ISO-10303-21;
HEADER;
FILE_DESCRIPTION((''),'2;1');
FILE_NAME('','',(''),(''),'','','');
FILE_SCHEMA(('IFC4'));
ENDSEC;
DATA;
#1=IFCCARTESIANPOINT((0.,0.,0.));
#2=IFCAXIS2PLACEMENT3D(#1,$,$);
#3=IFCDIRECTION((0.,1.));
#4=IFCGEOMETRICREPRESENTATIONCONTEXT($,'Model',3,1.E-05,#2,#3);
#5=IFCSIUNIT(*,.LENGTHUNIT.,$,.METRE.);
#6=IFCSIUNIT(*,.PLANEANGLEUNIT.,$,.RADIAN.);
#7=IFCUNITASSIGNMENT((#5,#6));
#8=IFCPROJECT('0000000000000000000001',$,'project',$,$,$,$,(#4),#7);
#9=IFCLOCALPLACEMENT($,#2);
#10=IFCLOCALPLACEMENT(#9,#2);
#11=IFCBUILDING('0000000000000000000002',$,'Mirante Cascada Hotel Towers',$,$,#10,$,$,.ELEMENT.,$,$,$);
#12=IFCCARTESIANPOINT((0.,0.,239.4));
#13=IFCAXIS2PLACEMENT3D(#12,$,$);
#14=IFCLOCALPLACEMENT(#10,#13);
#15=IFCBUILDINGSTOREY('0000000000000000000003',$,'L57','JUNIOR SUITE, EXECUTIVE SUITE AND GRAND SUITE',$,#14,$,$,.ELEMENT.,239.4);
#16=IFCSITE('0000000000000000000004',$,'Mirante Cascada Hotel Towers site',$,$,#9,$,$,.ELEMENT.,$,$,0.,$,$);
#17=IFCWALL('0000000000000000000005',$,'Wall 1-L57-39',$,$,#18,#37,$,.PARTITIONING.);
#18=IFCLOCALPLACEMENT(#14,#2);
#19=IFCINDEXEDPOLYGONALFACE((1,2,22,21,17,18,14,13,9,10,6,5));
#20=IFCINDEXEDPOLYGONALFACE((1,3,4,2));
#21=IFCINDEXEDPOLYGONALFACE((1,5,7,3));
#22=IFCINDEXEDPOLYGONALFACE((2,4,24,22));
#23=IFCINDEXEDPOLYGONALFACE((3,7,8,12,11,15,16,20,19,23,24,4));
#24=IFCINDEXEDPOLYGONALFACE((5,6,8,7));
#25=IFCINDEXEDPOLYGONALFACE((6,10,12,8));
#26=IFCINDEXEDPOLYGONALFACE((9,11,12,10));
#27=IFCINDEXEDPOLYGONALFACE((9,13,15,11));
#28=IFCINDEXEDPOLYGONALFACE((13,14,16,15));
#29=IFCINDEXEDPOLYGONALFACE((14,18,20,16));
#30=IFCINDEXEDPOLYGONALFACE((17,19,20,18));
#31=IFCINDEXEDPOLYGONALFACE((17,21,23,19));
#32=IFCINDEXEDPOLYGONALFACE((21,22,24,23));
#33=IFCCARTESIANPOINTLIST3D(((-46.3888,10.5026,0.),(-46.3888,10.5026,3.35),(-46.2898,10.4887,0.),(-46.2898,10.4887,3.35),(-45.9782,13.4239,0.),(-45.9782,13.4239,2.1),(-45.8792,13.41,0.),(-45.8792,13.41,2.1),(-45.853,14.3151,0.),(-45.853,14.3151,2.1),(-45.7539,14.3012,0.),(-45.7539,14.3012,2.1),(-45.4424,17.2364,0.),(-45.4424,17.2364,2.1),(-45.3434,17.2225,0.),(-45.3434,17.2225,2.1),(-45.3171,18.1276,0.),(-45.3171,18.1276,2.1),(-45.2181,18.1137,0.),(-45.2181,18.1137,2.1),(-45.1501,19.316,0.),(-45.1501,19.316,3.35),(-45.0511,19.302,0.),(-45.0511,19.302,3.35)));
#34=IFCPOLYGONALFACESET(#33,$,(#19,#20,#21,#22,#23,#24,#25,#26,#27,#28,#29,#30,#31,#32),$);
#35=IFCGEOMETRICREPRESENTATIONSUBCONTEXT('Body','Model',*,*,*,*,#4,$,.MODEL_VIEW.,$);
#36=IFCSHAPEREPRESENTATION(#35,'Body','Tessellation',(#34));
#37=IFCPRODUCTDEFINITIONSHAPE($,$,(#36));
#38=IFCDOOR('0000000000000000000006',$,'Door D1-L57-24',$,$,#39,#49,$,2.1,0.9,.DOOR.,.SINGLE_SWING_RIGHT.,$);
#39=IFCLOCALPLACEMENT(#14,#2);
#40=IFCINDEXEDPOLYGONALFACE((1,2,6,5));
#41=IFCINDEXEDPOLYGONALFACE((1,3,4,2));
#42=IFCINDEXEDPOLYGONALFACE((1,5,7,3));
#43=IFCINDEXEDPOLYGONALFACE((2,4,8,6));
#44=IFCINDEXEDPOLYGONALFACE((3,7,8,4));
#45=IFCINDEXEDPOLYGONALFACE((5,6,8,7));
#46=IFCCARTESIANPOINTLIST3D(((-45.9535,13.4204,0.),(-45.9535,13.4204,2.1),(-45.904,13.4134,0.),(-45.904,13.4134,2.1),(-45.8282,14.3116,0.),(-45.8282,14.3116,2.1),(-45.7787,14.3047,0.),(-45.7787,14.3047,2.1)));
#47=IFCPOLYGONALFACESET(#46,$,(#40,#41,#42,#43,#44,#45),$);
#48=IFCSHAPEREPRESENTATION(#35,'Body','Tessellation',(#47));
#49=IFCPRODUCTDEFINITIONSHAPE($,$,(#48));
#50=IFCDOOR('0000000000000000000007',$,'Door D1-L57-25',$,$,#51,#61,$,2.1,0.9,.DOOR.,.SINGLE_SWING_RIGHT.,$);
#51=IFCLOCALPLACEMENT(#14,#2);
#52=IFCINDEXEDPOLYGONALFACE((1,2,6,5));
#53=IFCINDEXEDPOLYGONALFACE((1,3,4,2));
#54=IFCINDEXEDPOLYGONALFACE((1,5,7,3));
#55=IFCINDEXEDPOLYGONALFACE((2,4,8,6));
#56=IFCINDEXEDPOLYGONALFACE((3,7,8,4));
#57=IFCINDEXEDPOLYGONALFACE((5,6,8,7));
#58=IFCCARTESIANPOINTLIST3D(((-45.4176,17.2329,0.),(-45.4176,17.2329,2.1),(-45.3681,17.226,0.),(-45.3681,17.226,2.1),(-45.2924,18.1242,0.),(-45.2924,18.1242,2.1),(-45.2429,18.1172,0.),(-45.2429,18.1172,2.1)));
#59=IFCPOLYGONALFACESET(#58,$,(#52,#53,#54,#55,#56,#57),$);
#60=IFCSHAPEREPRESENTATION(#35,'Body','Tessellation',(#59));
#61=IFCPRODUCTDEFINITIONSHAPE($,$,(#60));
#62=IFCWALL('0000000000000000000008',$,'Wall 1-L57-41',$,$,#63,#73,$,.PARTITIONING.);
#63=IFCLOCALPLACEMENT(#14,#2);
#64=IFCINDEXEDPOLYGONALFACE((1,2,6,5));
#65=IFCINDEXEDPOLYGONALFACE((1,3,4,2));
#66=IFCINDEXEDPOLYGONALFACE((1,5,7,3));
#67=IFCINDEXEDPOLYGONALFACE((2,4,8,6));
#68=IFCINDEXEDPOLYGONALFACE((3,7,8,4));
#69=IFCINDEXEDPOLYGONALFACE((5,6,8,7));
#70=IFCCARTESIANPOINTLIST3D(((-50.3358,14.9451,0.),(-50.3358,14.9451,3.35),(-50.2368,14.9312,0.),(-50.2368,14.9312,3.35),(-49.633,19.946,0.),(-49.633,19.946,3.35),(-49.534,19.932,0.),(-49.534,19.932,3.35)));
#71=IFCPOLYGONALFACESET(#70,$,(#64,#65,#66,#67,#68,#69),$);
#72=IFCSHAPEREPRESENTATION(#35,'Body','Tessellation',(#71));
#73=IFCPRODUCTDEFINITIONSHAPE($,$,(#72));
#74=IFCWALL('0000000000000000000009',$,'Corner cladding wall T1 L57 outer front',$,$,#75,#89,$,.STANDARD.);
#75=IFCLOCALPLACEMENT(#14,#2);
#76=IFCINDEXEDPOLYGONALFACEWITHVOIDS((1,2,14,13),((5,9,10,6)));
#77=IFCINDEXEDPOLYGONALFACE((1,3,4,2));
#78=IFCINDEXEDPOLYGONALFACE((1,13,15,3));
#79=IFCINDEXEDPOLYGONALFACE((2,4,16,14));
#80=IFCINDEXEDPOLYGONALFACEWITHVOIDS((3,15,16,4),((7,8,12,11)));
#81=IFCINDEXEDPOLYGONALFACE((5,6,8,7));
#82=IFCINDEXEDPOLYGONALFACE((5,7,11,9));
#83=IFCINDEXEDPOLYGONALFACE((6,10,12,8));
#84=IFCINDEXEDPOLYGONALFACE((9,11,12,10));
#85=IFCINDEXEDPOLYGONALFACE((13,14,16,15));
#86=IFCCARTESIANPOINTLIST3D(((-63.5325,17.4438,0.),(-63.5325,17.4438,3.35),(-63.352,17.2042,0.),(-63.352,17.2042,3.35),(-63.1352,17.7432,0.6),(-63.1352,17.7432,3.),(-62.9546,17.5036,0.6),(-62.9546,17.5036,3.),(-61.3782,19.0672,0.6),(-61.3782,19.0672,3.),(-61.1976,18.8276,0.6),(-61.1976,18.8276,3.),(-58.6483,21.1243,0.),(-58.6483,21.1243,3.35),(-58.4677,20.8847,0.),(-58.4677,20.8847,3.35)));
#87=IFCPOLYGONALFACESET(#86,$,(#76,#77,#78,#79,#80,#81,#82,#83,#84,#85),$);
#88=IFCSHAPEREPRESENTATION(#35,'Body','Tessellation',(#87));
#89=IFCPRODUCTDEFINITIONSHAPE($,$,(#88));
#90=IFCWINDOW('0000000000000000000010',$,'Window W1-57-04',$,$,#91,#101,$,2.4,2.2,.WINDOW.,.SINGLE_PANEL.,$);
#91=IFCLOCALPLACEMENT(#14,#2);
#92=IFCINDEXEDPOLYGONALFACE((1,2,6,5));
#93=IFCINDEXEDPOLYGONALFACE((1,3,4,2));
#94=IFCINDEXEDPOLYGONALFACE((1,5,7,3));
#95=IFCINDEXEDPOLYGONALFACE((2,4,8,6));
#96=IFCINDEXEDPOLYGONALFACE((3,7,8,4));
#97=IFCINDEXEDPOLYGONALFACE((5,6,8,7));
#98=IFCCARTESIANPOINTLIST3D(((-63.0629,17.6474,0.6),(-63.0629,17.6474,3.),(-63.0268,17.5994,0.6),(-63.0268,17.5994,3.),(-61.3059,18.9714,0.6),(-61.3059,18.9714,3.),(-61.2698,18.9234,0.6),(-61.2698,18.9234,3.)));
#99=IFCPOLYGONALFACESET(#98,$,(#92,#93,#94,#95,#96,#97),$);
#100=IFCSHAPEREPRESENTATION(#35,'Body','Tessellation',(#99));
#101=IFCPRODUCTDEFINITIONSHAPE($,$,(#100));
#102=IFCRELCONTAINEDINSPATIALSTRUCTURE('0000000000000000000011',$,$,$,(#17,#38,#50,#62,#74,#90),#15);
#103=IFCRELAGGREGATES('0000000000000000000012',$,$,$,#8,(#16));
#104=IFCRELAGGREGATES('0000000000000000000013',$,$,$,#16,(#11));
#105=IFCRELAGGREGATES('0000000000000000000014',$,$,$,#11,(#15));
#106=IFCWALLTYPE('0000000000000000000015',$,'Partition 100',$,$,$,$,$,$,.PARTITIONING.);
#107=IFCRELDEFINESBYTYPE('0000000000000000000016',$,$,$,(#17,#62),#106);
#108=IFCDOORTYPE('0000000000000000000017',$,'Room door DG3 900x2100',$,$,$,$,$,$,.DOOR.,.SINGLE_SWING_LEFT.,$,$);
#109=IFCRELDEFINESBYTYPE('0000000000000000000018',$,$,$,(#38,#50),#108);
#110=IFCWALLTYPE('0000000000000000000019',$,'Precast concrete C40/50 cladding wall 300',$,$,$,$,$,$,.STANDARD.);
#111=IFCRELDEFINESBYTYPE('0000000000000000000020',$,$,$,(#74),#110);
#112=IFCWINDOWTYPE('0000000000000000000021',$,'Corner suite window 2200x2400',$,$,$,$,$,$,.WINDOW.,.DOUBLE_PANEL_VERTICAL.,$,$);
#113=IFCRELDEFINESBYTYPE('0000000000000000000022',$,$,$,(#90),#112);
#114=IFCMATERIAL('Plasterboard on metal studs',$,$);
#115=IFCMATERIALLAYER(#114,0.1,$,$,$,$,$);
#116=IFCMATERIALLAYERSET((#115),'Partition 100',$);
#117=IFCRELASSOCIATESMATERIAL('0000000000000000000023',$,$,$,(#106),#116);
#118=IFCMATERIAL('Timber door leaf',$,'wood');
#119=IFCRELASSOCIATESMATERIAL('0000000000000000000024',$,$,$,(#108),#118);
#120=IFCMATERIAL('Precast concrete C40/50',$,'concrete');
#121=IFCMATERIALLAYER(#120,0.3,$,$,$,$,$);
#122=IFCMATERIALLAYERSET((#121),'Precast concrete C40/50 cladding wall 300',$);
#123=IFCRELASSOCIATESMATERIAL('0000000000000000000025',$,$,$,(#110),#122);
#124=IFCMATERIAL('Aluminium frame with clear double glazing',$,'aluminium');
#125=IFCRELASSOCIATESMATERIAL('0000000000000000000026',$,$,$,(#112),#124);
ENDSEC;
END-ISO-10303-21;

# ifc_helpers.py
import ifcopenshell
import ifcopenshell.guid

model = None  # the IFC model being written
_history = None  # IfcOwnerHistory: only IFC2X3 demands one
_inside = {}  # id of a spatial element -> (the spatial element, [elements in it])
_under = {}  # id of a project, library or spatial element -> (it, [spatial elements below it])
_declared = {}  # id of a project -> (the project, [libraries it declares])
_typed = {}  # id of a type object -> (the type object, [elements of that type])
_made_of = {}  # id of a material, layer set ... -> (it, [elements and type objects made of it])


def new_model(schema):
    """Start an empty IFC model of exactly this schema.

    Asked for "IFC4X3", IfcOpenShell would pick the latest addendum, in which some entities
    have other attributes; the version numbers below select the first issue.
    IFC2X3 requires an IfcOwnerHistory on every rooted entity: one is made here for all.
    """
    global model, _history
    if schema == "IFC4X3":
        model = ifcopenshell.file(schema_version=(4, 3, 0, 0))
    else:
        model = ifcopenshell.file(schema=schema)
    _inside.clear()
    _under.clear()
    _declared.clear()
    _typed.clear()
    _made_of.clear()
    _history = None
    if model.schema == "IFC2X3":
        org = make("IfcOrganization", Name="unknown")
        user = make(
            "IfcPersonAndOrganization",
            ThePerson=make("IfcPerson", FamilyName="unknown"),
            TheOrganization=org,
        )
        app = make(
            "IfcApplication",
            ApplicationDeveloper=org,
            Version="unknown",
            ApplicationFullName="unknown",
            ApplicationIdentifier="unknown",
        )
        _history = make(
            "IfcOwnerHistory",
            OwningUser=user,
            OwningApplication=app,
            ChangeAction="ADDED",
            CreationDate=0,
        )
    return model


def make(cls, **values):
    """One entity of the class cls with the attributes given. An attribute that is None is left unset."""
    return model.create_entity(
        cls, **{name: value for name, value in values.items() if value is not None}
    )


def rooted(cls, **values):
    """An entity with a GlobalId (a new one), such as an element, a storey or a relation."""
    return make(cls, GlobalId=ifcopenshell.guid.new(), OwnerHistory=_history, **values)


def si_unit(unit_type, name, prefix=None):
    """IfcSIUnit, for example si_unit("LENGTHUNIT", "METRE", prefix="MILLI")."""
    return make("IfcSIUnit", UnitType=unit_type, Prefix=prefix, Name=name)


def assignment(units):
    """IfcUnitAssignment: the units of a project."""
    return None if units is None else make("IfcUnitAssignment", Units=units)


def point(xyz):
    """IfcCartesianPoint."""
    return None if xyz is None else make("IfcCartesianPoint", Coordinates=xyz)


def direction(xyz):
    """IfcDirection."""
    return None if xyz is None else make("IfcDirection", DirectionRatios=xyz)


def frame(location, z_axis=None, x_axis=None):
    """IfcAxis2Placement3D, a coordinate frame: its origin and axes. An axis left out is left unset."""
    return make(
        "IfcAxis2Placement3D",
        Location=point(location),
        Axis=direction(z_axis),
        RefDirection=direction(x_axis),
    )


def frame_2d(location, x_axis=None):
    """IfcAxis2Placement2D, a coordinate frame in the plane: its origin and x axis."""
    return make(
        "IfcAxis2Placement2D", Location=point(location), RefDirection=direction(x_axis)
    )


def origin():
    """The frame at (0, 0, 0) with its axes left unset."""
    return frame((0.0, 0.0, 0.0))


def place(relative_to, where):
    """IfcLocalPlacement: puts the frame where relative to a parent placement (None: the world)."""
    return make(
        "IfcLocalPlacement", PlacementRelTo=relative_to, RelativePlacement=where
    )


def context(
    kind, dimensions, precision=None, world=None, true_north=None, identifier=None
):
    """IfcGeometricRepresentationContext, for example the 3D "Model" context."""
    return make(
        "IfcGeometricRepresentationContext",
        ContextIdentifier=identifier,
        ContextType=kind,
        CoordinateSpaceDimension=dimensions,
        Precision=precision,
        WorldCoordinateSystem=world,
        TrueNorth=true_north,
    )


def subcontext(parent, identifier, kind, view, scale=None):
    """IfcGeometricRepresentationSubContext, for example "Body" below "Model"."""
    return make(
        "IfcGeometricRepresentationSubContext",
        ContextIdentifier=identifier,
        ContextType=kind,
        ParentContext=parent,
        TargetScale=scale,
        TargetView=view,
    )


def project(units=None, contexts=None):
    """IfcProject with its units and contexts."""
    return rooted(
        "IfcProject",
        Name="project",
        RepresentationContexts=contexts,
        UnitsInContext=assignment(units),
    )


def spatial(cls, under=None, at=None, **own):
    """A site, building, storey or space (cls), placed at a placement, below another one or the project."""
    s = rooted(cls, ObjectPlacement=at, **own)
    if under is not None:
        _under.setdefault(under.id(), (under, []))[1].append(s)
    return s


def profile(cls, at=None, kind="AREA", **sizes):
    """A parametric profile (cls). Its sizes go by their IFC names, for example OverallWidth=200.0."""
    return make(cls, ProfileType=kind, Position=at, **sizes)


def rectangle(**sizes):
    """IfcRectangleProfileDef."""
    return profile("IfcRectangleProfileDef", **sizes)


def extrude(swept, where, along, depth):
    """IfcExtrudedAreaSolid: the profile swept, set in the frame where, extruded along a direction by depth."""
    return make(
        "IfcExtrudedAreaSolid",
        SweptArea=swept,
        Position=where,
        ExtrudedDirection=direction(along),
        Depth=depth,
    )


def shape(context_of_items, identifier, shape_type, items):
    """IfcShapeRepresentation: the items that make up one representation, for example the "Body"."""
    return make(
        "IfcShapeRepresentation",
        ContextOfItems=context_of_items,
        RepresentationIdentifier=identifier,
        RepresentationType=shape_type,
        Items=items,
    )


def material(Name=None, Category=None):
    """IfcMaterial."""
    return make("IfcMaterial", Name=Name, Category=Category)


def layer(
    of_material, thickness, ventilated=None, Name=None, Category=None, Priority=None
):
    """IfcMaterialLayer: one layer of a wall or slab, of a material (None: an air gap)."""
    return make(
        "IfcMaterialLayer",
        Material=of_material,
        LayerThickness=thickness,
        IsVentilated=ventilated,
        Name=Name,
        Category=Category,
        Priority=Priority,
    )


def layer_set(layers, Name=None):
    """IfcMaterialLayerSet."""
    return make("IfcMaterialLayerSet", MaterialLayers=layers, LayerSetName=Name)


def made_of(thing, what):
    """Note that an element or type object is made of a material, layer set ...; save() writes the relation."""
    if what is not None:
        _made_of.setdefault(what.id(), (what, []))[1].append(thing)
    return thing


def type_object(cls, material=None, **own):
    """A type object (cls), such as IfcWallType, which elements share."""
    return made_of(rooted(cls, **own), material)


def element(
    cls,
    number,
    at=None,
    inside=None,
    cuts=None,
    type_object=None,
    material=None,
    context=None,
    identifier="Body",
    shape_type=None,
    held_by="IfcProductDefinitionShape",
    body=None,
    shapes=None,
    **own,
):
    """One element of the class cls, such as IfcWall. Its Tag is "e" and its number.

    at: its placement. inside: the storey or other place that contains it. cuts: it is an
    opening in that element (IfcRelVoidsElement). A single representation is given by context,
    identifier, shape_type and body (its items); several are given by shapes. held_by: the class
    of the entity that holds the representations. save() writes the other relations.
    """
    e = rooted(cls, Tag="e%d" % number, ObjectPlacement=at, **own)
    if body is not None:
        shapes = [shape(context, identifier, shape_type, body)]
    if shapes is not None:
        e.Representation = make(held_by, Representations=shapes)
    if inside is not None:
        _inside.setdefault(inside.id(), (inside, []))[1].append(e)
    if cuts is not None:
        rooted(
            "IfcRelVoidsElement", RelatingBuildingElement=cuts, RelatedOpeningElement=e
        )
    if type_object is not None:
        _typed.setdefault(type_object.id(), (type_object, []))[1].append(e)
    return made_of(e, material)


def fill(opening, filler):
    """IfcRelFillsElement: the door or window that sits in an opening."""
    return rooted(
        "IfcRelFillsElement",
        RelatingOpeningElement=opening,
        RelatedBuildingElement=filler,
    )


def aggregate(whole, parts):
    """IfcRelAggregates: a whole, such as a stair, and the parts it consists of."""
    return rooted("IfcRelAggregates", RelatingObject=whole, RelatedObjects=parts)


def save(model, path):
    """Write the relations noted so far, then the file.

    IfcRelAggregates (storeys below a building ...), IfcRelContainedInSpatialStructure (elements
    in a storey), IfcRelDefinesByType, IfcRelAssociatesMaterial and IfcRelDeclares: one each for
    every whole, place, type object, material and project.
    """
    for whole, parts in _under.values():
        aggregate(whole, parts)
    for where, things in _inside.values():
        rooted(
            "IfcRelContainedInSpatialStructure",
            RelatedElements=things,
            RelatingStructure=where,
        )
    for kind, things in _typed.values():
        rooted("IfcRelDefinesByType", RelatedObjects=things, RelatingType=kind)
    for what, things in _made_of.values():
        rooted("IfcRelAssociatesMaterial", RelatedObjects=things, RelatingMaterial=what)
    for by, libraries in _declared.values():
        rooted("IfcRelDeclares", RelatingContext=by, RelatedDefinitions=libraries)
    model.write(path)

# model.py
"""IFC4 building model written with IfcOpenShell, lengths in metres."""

from ifc_helpers import new_model, si_unit, direction, frame, frame_2d, origin, place, context, subcontext, project, spatial, rectangle, extrude, material, layer, layer_set, type_object, element, fill, save


model = new_model("IFC4")

# Units and contexts
model_context = context("Model", 3, precision=1e-05, world=origin(), true_north=direction((0.0, 1.0)))
body_context = subcontext(model_context, "Body", "Model", "MODEL_VIEW")
ifc_project = project(units=[si_unit("LENGTHUNIT", "METRE"), si_unit("PLANEANGLEUNIT", "RADIAN")], contexts=[model_context])

# Site, building, storey
site_placement = place(None, origin())
site = spatial("IfcSite", under=ifc_project, at=site_placement, Name="Mirante Cascada Hotel Towers site", CompositionType="ELEMENT", RefElevation=0.0)
building_placement = place(site_placement, origin())
building = spatial("IfcBuilding", under=site, at=building_placement, Name="Mirante Cascada Hotel Towers", CompositionType="ELEMENT")
storey_placement = place(building_placement, frame((0.0, 0.0, 239.4)))
storey = spatial("IfcBuildingStorey", under=building, at=storey_placement, Name="L57", Description="JUNIOR SUITE, EXECUTIVE SUITE AND GRAND SUITE", CompositionType="ELEMENT", Elevation=239.4)

# Shared definitions
ifc_material_1 = material(Name="Plasterboard on metal studs")
ifc_layer_1 = layer(ifc_material_1, 0.1)
ifc_layer_set_1 = layer_set([ifc_layer_1], Name="Partition 100")
wall_type_1 = type_object("IfcWallType", Name="Partition 100", PredefinedType="PARTITIONING", material=ifc_layer_set_1)
ifc_material_2 = material(Name="Timber door leaf", Category="wood")
door_type_1 = type_object("IfcDoorType", Name="Room door DG3 900x2100", OperationType="SINGLE_SWING_LEFT", PredefinedType="DOOR", material=ifc_material_2)

# Wall, openings, doors
wall_1_placement = place(storey_placement, frame((-45.1006, 19.309, 0.0), z_axis=(0.0, 0.0, 1.0), x_axis=(-0.139179, -0.990267, 0.0)))
wall_1 = element("IfcWall", 1, at=wall_1_placement, inside=storey, type_object=wall_type_1, Name="Wall 1-L57-39", PredefinedType="PARTITIONING", context=body_context, shape_type="SweptSolid", body=[
    extrude(rectangle(XDim=8.9, YDim=0.1, at=frame_2d((4.45, 0.0))), origin(), (0.0, 0.0, 1.0), 3.35),
])
opening_1_placement = place(wall_1_placement, frame((5.05, 0.0, 0.0)))
opening_1 = element("IfcOpeningElement", 2, at=opening_1_placement, cuts=wall_1, PredefinedType="OPENING", context=body_context, shape_type="SweptSolid", body=[
    extrude(rectangle(XDim=0.9, YDim=2.1, at=frame_2d((0.45, 1.05))), frame((0.0, 0.05, 0.0), z_axis=(0.0, -1.0, 0.0), x_axis=(1.0, 0.0, 0.0)), (0.0, 0.0, 1.0), 0.1),
])
opening_2_placement = place(wall_1_placement, frame((1.2, 0.0, 0.0)))
opening_2 = element("IfcOpeningElement", 3, at=opening_2_placement, cuts=wall_1, PredefinedType="OPENING", context=body_context, shape_type="SweptSolid", body=[
    extrude(rectangle(XDim=0.9, YDim=2.1, at=frame_2d((0.45, 1.05))), frame((0.0, 0.05, 0.0), z_axis=(0.0, -1.0, 0.0), x_axis=(1.0, 0.0, 0.0)), (0.0, 0.0, 1.0), 0.1),
])
door_1_placement = place(opening_1_placement, frame((0.9, 0.0, 0.0), z_axis=(0.0, 0.0, 1.0), x_axis=(-1.0, 0.0, 0.0)))
door_1 = element("IfcDoor", 4, at=door_1_placement, inside=storey, type_object=door_type_1, Name="Door D1-L57-24", OperationType="SINGLE_SWING_RIGHT", OverallHeight=2.1, OverallWidth=0.9, PredefinedType="DOOR", context=body_context, shape_type="SweptSolid", body=[
    extrude(rectangle(XDim=0.9, YDim=2.1, at=frame_2d((0.45, 1.05))), frame((0.0, 0.025, 0.0), z_axis=(0.0, -1.0, 0.0), x_axis=(1.0, 0.0, 0.0)), (0.0, 0.0, 1.0), 0.05),
])
fill(opening_1, door_1)
door_2_placement = place(opening_2_placement, frame((0.9, 0.0, 0.0), z_axis=(0.0, 0.0, 1.0), x_axis=(-1.0, 0.0, 0.0)))
door_2 = element("IfcDoor", 5, at=door_2_placement, inside=storey, type_object=door_type_1, Name="Door D1-L57-25", OperationType="SINGLE_SWING_RIGHT", OverallHeight=2.1, OverallWidth=0.9, PredefinedType="DOOR", context=body_context, shape_type="SweptSolid", body=[
    extrude(rectangle(XDim=0.9, YDim=2.1, at=frame_2d((0.45, 1.05))), frame((0.0, 0.025, 0.0), z_axis=(0.0, -1.0, 0.0), x_axis=(1.0, 0.0, 0.0)), (0.0, 0.0, 1.0), 0.05),
])
fill(opening_2, door_2)

# Wall
wall_2_placement = place(storey_placement, frame((-49.5835, 19.939, 0.0), z_axis=(0.0, 0.0, 1.0), x_axis=(-0.139167, -0.990269, 0.0)))
element("IfcWall", 6, at=wall_2_placement, inside=storey, type_object=wall_type_1, Name="Wall 1-L57-41", PredefinedType="PARTITIONING", context=body_context, shape_type="SweptSolid", body=[
    extrude(rectangle(XDim=5.05, YDim=0.1, at=frame_2d((2.525, 0.0))), origin(), (0.0, 0.0, 1.0), 3.35),
])

# Wall, opening, window
ifc_material_3 = material(Name="Precast concrete C40/50", Category="concrete")
ifc_layer_2 = layer(ifc_material_3, 0.3)
ifc_layer_set_2 = layer_set([ifc_layer_2], Name="Precast concrete C40/50 cladding wall 300")
wall_type_2 = type_object("IfcWallType", Name="Precast concrete C40/50 cladding wall 300", PredefinedType="STANDARD", material=ifc_layer_set_2)
wall_3_placement = place(storey_placement, frame((-63.4422, 17.324, 0.0), z_axis=(0.0, 0.0, 1.0), x_axis=(0.798636, 0.601814, 0.0)))
wall_3 = element("IfcWall", 7, at=wall_3_placement, inside=storey, type_object=wall_type_2, Name="Corner cladding wall T1 L57 outer front", PredefinedType="STANDARD", context=body_context, shape_type="SweptSolid", body=[
    extrude(rectangle(XDim=6.1157, YDim=0.3, at=frame_2d((3.0578, 0.0))), origin(), (0.0, 0.0, 1.0), 3.35),
])
opening_3_placement = place(wall_3_placement, frame((0.4975, 0.0, 0.6)))
opening_3 = element("IfcOpeningElement", 8, at=opening_3_placement, cuts=wall_3, PredefinedType="OPENING", context=body_context, shape_type="SweptSolid", body=[
    extrude(rectangle(XDim=2.2, YDim=2.4, at=frame_2d((1.1, 1.2))), frame((0.0, 0.15, 0.0), z_axis=(0.0, -1.0, 0.0), x_axis=(1.0, 0.0, 0.0)), (0.0, 0.0, 1.0), 0.3),
])
ifc_material_4 = material(Name="Aluminium frame with clear double glazing", Category="aluminium")
window_type = type_object("IfcWindowType", Name="Corner suite window 2200x2400", PartitioningType="DOUBLE_PANEL_VERTICAL", PredefinedType="WINDOW", material=ifc_material_4)
window_placement = place(opening_3_placement, origin())
window = element("IfcWindow", 9, at=window_placement, inside=storey, type_object=window_type, Name="Window W1-57-04", OverallHeight=2.4, OverallWidth=2.2, PartitioningType="SINGLE_PANEL", PredefinedType="WINDOW", context=body_context, shape_type="SweptSolid", body=[
    extrude(rectangle(XDim=2.2, YDim=2.4, at=frame_2d((1.1, 1.2))), frame((0.0, 0.03, 0.0), z_axis=(0.0, -1.0, 0.0), x_axis=(1.0, 0.0, 0.0)), (0.0, 0.0, 1.0), 0.06),
])
fill(opening_3, window)

save(model, "model.ifc")
